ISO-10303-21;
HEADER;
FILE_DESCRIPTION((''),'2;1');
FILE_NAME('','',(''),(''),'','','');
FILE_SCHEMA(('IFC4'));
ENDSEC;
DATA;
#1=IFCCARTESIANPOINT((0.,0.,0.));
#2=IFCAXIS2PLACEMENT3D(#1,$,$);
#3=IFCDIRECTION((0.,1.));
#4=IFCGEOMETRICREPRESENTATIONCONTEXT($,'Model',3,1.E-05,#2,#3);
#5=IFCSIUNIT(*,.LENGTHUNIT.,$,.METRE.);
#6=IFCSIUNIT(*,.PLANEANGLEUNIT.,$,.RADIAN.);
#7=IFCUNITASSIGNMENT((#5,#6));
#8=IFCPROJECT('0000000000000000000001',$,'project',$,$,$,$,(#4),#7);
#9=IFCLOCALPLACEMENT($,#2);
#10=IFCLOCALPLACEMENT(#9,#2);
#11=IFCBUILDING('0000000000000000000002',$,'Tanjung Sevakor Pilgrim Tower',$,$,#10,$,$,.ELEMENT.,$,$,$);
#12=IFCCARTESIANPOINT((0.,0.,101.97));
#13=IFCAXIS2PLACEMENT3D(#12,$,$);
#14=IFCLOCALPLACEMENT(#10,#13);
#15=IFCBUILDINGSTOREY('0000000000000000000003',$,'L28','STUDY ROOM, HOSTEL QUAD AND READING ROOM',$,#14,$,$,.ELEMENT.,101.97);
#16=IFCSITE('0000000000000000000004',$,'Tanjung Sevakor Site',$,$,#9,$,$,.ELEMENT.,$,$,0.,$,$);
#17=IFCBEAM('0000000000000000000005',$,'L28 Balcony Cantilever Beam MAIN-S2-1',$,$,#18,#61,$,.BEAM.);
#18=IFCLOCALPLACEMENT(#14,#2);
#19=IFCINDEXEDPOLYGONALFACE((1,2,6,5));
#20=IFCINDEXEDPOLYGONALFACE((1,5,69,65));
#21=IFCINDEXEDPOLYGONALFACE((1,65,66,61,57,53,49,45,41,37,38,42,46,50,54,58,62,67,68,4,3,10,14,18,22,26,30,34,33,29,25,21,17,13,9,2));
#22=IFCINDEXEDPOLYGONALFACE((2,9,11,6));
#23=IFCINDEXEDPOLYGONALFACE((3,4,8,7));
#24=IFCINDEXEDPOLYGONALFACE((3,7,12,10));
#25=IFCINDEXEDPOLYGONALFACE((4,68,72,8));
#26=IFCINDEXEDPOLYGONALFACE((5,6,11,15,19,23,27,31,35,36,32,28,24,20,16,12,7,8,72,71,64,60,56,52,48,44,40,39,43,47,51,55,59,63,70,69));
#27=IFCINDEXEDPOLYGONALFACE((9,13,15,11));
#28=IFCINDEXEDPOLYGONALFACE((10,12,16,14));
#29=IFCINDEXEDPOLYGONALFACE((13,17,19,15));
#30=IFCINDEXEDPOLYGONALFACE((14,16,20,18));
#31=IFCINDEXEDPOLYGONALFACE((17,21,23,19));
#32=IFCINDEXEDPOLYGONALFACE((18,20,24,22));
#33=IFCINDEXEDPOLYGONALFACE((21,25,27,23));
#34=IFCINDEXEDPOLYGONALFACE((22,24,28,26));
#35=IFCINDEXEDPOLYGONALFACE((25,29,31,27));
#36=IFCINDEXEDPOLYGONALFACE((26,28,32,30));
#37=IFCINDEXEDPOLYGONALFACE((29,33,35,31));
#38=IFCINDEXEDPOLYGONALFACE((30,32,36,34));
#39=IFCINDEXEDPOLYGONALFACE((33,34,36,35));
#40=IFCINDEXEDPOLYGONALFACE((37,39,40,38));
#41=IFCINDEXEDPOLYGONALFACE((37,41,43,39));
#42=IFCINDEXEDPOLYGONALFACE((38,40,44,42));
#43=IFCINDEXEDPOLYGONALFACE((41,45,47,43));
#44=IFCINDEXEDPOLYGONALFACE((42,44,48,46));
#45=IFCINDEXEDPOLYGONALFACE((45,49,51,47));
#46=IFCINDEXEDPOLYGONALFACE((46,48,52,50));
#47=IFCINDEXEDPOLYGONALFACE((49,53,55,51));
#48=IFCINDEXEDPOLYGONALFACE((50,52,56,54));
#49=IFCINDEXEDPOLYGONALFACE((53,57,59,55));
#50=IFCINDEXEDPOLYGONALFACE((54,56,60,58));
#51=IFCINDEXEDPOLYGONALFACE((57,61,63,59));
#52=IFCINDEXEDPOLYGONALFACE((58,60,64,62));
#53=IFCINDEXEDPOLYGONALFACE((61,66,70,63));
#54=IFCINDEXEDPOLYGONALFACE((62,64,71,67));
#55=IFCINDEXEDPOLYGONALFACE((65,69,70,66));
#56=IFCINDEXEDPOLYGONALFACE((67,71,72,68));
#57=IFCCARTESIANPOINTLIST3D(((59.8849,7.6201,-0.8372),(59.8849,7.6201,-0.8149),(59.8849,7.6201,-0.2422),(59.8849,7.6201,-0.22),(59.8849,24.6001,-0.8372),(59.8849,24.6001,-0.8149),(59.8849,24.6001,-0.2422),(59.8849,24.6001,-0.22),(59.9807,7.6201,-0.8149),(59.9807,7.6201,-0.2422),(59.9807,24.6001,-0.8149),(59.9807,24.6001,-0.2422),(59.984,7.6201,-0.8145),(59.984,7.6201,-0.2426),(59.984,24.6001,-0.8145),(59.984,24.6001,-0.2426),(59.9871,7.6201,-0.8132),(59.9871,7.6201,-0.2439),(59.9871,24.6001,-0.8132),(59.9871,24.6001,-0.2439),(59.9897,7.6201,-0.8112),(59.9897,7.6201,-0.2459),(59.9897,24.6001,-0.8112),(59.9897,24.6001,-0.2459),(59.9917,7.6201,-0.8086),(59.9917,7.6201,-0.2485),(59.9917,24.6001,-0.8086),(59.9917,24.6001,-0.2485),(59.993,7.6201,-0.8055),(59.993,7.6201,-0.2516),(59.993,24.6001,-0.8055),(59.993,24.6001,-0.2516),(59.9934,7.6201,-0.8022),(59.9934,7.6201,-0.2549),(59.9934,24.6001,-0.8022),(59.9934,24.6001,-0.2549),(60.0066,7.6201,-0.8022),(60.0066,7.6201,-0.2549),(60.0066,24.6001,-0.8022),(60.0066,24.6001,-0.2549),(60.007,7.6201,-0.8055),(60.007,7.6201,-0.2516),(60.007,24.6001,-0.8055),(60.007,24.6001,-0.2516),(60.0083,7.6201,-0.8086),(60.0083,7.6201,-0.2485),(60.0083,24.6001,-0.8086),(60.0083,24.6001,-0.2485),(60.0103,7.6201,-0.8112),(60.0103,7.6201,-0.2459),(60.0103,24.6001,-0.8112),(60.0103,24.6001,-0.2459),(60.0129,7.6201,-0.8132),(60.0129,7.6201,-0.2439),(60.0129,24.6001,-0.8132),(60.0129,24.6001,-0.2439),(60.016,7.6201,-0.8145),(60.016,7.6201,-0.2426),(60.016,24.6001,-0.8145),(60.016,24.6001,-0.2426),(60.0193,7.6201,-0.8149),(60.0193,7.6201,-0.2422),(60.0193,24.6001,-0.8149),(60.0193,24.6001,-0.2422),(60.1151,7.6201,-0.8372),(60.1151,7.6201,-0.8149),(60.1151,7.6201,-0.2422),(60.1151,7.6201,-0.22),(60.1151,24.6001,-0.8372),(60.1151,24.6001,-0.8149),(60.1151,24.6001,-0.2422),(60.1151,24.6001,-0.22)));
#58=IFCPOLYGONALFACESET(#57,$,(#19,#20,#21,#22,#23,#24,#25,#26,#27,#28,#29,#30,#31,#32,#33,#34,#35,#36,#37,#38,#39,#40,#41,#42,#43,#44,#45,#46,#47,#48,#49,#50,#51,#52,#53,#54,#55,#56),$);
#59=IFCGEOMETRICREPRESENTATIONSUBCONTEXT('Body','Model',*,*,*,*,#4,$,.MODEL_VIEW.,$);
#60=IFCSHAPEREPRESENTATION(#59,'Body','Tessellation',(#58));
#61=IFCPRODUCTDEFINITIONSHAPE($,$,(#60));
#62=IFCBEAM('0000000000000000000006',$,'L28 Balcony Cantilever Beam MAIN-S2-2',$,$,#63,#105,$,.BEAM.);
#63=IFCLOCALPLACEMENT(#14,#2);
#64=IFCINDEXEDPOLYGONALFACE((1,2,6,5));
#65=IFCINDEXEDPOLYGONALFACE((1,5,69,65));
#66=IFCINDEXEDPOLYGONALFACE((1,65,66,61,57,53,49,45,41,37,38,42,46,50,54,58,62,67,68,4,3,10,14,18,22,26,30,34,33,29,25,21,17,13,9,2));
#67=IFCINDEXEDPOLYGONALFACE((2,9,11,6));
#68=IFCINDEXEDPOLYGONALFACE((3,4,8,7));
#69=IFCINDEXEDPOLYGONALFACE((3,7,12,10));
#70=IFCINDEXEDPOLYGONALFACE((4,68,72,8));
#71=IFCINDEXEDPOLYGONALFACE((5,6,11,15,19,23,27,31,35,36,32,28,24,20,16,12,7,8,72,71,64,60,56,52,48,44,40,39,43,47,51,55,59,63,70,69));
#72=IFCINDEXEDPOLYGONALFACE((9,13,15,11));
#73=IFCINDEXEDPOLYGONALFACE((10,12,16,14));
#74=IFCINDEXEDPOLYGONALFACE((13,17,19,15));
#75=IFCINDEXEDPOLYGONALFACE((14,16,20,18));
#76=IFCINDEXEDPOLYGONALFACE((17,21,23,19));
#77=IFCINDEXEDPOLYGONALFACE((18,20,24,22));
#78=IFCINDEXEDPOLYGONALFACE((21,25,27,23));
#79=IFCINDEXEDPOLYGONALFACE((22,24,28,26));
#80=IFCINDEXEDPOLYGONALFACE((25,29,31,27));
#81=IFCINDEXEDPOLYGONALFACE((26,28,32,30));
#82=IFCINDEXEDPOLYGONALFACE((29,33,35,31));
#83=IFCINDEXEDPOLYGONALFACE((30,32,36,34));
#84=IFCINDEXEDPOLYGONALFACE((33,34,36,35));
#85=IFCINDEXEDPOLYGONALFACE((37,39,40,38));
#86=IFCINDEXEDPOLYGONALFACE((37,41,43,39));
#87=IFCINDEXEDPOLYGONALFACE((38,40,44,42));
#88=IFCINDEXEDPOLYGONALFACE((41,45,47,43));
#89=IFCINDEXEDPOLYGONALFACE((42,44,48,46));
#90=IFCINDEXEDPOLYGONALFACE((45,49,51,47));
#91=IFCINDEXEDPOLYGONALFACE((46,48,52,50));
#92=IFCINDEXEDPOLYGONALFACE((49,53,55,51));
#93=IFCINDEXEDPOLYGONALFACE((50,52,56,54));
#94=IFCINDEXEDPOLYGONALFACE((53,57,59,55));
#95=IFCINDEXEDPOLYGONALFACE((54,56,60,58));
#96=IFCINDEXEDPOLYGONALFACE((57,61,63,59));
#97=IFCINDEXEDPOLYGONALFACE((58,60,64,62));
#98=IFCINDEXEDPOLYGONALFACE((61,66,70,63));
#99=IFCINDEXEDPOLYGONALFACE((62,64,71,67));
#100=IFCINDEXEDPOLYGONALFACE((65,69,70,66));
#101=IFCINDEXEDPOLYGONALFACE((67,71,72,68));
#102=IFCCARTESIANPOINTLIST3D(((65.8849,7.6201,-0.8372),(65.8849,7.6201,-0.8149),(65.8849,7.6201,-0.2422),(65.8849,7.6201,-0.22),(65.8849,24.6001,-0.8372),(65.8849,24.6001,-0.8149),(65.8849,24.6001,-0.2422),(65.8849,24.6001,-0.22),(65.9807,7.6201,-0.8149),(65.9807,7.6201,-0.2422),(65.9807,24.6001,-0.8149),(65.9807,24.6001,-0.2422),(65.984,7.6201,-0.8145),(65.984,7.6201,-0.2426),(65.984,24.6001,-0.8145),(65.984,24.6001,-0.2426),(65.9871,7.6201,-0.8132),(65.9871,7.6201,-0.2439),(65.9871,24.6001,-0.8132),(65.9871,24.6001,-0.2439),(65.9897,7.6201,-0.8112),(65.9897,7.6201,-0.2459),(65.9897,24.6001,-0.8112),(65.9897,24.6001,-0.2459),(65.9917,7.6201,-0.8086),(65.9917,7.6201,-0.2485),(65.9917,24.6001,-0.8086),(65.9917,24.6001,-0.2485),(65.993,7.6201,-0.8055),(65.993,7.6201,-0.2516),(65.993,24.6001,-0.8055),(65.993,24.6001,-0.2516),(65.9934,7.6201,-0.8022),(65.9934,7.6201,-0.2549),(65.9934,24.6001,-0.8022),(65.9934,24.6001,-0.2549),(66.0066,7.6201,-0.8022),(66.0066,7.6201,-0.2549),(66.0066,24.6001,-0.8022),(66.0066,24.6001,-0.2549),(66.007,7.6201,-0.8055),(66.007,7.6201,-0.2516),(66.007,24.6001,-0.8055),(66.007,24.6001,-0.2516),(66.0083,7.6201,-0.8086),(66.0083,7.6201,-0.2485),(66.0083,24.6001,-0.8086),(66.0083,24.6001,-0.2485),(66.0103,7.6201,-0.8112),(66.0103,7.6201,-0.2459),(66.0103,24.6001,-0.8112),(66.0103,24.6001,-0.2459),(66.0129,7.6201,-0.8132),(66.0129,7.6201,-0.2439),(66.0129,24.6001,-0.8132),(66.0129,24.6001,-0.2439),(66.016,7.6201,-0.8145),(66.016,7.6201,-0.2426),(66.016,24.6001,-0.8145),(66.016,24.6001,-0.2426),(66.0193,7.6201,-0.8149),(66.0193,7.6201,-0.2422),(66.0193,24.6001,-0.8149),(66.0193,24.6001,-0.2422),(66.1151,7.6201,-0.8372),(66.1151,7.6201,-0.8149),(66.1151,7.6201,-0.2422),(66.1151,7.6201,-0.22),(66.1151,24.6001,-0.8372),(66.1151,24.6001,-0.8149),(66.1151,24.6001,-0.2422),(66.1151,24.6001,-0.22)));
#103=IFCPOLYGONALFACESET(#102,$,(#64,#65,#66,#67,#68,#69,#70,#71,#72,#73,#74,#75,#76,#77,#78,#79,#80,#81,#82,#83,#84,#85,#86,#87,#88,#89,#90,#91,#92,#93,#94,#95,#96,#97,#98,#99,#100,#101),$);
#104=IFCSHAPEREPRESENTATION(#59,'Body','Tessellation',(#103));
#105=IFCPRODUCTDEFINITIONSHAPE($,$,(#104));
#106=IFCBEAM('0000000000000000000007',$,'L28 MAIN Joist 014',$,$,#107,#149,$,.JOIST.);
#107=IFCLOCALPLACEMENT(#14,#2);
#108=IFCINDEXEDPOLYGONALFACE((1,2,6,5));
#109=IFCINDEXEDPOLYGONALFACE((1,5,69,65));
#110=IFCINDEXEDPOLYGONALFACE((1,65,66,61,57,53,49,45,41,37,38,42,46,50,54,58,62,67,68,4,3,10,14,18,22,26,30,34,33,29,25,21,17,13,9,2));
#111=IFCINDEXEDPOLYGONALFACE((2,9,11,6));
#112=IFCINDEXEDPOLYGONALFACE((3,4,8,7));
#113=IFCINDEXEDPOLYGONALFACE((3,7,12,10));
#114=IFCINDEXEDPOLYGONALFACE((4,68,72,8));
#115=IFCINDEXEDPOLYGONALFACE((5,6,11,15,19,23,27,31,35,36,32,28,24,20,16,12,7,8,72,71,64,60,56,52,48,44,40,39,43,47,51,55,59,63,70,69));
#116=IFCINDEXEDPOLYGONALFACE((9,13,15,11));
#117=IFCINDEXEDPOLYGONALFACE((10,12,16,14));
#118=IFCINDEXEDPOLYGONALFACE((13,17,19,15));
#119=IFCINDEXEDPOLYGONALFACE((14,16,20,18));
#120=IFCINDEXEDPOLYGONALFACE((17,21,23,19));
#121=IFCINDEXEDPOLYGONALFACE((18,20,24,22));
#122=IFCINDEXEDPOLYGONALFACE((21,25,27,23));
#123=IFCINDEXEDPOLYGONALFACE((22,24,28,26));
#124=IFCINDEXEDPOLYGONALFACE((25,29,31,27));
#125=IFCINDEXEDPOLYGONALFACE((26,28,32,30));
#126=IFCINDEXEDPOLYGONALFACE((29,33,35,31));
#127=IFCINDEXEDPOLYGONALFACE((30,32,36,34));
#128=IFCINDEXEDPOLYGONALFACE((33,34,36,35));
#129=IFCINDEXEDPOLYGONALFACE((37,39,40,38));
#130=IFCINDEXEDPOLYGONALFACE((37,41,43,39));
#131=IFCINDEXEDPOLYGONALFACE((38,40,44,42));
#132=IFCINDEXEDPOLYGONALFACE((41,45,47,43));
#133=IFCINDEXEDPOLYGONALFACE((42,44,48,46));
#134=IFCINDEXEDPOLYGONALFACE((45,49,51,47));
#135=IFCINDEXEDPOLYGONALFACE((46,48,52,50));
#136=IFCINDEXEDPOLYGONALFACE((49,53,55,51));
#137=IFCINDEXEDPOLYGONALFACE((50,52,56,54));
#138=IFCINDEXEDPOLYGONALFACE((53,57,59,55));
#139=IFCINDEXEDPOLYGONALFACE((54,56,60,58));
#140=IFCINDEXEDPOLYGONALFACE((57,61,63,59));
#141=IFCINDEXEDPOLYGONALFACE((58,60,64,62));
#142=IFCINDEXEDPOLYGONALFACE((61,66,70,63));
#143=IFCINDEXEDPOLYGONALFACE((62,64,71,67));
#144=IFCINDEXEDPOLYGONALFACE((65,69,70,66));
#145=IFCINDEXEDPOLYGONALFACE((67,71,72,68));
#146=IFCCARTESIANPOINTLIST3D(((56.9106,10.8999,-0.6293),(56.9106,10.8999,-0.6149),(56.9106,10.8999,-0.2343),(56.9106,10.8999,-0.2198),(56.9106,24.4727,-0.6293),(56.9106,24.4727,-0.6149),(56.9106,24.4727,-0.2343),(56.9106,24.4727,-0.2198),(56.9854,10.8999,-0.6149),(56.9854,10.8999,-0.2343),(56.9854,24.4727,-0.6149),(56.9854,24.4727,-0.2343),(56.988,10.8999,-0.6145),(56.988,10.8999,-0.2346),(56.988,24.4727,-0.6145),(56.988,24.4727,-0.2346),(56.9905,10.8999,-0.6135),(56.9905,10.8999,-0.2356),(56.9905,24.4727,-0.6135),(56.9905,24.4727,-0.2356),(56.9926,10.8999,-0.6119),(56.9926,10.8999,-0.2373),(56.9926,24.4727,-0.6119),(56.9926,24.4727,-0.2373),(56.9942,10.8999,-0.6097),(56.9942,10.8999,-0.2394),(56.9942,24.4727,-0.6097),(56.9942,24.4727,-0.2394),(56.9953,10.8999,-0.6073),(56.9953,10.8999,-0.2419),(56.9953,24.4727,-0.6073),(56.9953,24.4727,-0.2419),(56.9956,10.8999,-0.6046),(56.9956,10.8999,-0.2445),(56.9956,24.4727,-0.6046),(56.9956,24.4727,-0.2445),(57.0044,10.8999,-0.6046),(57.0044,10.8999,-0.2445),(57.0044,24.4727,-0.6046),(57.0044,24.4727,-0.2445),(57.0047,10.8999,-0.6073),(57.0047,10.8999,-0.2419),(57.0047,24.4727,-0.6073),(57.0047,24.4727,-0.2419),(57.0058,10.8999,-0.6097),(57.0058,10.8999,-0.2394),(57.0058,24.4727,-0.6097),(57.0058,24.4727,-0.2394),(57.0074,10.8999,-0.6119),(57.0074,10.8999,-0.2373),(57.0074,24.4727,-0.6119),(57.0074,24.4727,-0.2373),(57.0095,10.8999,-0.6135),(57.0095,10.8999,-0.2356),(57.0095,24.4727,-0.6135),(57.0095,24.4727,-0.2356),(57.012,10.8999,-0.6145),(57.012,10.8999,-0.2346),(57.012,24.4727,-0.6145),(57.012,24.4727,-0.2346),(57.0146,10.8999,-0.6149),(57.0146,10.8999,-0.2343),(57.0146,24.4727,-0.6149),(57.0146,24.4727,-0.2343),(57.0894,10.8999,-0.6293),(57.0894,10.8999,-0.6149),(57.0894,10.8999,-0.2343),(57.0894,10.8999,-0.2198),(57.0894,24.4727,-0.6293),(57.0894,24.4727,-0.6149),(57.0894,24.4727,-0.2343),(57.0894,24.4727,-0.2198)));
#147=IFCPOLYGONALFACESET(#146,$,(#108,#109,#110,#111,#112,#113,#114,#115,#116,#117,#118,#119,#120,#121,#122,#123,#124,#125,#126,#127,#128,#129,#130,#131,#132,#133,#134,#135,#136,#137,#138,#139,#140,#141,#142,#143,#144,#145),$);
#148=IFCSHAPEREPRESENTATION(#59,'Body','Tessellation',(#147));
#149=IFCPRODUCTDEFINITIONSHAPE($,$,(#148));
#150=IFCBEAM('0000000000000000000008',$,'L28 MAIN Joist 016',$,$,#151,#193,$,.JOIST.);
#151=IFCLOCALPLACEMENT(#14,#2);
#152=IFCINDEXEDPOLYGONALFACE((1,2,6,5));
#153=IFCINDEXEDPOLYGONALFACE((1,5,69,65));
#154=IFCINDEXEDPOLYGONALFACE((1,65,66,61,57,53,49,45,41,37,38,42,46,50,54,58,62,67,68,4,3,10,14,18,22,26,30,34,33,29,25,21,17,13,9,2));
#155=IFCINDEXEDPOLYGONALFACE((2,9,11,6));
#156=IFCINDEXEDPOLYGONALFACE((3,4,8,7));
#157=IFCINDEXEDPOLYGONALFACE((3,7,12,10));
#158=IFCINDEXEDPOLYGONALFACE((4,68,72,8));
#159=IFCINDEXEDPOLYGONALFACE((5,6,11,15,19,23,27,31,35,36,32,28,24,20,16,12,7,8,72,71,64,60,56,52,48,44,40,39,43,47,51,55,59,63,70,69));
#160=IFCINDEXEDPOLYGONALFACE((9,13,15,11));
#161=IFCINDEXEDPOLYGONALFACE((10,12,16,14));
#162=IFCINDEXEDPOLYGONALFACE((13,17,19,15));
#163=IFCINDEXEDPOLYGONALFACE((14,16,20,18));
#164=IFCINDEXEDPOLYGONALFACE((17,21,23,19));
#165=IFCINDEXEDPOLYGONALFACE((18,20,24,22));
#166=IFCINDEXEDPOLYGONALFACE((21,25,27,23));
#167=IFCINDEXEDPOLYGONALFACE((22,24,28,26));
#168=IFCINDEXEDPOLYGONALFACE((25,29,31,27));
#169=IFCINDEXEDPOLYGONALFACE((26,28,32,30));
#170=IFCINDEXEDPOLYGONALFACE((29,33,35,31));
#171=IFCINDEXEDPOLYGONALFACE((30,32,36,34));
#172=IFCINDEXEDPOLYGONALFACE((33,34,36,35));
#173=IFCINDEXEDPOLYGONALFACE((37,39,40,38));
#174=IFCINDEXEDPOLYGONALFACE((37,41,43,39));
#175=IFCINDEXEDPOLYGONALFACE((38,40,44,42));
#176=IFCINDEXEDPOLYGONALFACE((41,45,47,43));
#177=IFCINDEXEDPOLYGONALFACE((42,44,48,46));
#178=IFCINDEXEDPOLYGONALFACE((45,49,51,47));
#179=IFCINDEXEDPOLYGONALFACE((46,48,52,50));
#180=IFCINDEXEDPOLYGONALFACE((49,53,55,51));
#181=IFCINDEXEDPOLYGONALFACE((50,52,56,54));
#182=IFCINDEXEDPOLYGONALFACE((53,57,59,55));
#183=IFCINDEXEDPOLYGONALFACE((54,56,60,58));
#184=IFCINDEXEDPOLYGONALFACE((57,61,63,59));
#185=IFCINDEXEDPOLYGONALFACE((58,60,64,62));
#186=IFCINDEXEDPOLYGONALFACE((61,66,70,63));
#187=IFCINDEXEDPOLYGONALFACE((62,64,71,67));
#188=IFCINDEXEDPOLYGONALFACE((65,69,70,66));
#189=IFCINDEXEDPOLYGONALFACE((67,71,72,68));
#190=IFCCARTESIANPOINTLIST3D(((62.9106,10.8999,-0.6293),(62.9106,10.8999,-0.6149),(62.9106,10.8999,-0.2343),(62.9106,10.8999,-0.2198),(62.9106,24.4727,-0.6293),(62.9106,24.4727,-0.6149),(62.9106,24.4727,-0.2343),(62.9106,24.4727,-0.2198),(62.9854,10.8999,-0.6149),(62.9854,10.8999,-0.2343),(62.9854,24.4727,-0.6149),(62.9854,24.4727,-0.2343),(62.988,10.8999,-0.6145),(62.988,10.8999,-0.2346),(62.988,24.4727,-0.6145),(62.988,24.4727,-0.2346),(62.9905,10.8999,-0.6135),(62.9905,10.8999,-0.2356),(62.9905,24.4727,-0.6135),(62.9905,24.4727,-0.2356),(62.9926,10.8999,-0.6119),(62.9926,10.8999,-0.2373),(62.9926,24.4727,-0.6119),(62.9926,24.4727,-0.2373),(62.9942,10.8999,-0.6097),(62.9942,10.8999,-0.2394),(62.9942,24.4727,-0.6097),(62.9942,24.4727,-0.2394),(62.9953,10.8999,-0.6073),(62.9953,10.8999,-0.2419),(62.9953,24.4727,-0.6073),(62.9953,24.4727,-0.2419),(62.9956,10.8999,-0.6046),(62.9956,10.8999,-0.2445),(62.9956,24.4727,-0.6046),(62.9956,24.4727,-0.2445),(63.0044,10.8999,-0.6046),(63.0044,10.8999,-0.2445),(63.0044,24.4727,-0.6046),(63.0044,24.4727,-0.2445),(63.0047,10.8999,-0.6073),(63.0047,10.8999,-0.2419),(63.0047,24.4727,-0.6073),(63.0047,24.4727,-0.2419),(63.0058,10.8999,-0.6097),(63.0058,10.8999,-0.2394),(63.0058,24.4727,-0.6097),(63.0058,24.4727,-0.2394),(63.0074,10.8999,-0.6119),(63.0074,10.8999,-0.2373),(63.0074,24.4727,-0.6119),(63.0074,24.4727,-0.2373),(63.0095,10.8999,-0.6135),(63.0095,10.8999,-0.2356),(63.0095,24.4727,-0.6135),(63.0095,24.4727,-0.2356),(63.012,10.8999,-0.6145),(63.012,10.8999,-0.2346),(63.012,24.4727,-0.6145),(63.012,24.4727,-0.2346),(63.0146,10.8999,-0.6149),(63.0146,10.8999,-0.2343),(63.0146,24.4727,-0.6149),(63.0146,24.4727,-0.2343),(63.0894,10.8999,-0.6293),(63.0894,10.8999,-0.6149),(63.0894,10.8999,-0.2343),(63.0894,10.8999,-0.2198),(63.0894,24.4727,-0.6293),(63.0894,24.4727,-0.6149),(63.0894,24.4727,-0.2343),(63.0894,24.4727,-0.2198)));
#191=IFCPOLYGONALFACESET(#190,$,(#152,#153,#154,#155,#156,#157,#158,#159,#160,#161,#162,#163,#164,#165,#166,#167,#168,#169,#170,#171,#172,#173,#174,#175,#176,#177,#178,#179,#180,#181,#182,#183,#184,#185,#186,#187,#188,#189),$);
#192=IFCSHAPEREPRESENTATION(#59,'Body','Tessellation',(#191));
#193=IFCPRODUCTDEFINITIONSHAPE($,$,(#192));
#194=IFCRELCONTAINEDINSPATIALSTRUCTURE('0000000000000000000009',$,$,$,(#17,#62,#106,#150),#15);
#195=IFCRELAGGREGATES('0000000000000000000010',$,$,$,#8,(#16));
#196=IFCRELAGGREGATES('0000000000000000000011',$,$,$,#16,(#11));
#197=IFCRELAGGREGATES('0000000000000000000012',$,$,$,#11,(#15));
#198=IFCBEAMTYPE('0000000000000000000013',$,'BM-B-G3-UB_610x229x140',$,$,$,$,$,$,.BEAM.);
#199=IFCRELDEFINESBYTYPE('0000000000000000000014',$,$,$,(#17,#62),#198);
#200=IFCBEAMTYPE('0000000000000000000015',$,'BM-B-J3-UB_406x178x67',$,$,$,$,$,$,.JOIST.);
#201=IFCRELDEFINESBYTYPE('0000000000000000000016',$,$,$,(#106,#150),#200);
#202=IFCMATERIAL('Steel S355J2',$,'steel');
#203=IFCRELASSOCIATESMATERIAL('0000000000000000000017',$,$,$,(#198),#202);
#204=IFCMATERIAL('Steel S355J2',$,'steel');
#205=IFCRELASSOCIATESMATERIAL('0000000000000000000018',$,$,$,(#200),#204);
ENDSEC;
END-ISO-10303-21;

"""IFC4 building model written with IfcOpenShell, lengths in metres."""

from ifc_helpers import new_model, si_unit, direction, frame, origin, origin_2d, place, context, subcontext, project, spatial, i_section, extrude, material, material_profile, profile_set, type_object, element, save


model = new_model("IFC4")

# Units and contexts
model_context = context("Model", 3, precision=1e-05, world=origin(), true_north=direction((0.0, 1.0)))
body_context = subcontext(model_context, "Body", "Model", "MODEL_VIEW")
ifc_project = project(units=[si_unit("LENGTHUNIT", "METRE"), si_unit("PLANEANGLEUNIT", "RADIAN")], contexts=[model_context])

# Site, building, storey
site_placement = place(None, origin())
site = spatial("IfcSite", under=ifc_project, at=site_placement, Name="Tanjung Sevakor Site", CompositionType="ELEMENT", RefElevation=0.0)
building_placement = place(site_placement, origin())
building = spatial("IfcBuilding", under=site, at=building_placement, Name="Tanjung Sevakor Pilgrim Tower", CompositionType="ELEMENT")
storey_placement = place(building_placement, frame((0.0, 0.0, 101.97)))
storey = spatial("IfcBuildingStorey", under=building, at=storey_placement, Name="L28", Description="STUDY ROOM, HOSTEL QUAD AND READING ROOM", CompositionType="ELEMENT", Elevation=101.97)

# Beams
ifc_material_1 = material(Name="Steel S355J2", Category="steel")
ifc_material_profile_1 = material_profile(ifc_material_1, i_section(OverallWidth=0.2302, OverallDepth=0.6172, WebThickness=0.0132, FlangeThickness=0.0222, FilletRadius=0.0127, at=origin_2d()))
ifc_profile_set_1 = profile_set([ifc_material_profile_1], Name="Steel S355J2")
beam_type_1 = type_object("IfcBeamType", Name="BM-B-G3-UB_610x229x140", PredefinedType="BEAM", material=ifc_profile_set_1)
for number, where, z_axis, x_axis, name in (
    (1, (60.0, 24.6001, -0.5286), (0.0, -1.0, 0.0), (1.0, 0.0, 0.0), "L28 Balcony Cantilever Beam MAIN-S2-1"),
    (2, (66.0, 24.6001, -0.5286), (0.0, -1.0, 0.0), (1.0, 0.0, 0.0), "L28 Balcony Cantilever Beam MAIN-S2-2"),
):
    element("IfcBeam", number, at=place(storey_placement, frame(where, z_axis=z_axis, x_axis=x_axis)), inside=storey, type_object=beam_type_1, Name=name, PredefinedType="BEAM", context=body_context, shape_type="SweptSolid", body=[
        extrude(i_section(OverallWidth=0.2302, OverallDepth=0.6172, WebThickness=0.0132, FlangeThickness=0.0222, FilletRadius=0.0127, at=origin_2d()), origin(), (0.0, 0.0, 1.0), 16.98),
    ])
ifc_material_2 = material(Name="Steel S355J2", Category="steel")
ifc_material_profile_2 = material_profile(ifc_material_2, i_section(OverallWidth=0.1787, OverallDepth=0.4094, WebThickness=0.0088, FlangeThickness=0.0144, FilletRadius=0.0103, at=origin_2d()))
ifc_profile_set_2 = profile_set([ifc_material_profile_2], Name="Steel S355J2")
beam_type_2 = type_object("IfcBeamType", Name="BM-B-J3-UB_406x178x67", PredefinedType="JOIST", material=ifc_profile_set_2)
for number, where, z_axis, x_axis, name in (
    (3, (57.0, 10.8999, -0.4246), (0.0, 1.0, 0.0), (-1.0, 0.0, 0.0), "L28 MAIN Joist 014"),
    (4, (63.0, 10.8999, -0.4246), (0.0, 1.0, 0.0), (-1.0, 0.0, 0.0), "L28 MAIN Joist 016"),
):
    element("IfcBeam", number, at=place(storey_placement, frame(where, z_axis=z_axis, x_axis=x_axis)), inside=storey, type_object=beam_type_2, Name=name, PredefinedType="JOIST", context=body_context, shape_type="SweptSolid", body=[
        extrude(i_section(OverallWidth=0.1787, OverallDepth=0.4094, WebThickness=0.0088, FlangeThickness=0.0144, FilletRadius=0.0103, at=origin_2d()), origin(), (0.0, 0.0, 1.0), 13.5728),
    ])

save(model, "model.ifc")
